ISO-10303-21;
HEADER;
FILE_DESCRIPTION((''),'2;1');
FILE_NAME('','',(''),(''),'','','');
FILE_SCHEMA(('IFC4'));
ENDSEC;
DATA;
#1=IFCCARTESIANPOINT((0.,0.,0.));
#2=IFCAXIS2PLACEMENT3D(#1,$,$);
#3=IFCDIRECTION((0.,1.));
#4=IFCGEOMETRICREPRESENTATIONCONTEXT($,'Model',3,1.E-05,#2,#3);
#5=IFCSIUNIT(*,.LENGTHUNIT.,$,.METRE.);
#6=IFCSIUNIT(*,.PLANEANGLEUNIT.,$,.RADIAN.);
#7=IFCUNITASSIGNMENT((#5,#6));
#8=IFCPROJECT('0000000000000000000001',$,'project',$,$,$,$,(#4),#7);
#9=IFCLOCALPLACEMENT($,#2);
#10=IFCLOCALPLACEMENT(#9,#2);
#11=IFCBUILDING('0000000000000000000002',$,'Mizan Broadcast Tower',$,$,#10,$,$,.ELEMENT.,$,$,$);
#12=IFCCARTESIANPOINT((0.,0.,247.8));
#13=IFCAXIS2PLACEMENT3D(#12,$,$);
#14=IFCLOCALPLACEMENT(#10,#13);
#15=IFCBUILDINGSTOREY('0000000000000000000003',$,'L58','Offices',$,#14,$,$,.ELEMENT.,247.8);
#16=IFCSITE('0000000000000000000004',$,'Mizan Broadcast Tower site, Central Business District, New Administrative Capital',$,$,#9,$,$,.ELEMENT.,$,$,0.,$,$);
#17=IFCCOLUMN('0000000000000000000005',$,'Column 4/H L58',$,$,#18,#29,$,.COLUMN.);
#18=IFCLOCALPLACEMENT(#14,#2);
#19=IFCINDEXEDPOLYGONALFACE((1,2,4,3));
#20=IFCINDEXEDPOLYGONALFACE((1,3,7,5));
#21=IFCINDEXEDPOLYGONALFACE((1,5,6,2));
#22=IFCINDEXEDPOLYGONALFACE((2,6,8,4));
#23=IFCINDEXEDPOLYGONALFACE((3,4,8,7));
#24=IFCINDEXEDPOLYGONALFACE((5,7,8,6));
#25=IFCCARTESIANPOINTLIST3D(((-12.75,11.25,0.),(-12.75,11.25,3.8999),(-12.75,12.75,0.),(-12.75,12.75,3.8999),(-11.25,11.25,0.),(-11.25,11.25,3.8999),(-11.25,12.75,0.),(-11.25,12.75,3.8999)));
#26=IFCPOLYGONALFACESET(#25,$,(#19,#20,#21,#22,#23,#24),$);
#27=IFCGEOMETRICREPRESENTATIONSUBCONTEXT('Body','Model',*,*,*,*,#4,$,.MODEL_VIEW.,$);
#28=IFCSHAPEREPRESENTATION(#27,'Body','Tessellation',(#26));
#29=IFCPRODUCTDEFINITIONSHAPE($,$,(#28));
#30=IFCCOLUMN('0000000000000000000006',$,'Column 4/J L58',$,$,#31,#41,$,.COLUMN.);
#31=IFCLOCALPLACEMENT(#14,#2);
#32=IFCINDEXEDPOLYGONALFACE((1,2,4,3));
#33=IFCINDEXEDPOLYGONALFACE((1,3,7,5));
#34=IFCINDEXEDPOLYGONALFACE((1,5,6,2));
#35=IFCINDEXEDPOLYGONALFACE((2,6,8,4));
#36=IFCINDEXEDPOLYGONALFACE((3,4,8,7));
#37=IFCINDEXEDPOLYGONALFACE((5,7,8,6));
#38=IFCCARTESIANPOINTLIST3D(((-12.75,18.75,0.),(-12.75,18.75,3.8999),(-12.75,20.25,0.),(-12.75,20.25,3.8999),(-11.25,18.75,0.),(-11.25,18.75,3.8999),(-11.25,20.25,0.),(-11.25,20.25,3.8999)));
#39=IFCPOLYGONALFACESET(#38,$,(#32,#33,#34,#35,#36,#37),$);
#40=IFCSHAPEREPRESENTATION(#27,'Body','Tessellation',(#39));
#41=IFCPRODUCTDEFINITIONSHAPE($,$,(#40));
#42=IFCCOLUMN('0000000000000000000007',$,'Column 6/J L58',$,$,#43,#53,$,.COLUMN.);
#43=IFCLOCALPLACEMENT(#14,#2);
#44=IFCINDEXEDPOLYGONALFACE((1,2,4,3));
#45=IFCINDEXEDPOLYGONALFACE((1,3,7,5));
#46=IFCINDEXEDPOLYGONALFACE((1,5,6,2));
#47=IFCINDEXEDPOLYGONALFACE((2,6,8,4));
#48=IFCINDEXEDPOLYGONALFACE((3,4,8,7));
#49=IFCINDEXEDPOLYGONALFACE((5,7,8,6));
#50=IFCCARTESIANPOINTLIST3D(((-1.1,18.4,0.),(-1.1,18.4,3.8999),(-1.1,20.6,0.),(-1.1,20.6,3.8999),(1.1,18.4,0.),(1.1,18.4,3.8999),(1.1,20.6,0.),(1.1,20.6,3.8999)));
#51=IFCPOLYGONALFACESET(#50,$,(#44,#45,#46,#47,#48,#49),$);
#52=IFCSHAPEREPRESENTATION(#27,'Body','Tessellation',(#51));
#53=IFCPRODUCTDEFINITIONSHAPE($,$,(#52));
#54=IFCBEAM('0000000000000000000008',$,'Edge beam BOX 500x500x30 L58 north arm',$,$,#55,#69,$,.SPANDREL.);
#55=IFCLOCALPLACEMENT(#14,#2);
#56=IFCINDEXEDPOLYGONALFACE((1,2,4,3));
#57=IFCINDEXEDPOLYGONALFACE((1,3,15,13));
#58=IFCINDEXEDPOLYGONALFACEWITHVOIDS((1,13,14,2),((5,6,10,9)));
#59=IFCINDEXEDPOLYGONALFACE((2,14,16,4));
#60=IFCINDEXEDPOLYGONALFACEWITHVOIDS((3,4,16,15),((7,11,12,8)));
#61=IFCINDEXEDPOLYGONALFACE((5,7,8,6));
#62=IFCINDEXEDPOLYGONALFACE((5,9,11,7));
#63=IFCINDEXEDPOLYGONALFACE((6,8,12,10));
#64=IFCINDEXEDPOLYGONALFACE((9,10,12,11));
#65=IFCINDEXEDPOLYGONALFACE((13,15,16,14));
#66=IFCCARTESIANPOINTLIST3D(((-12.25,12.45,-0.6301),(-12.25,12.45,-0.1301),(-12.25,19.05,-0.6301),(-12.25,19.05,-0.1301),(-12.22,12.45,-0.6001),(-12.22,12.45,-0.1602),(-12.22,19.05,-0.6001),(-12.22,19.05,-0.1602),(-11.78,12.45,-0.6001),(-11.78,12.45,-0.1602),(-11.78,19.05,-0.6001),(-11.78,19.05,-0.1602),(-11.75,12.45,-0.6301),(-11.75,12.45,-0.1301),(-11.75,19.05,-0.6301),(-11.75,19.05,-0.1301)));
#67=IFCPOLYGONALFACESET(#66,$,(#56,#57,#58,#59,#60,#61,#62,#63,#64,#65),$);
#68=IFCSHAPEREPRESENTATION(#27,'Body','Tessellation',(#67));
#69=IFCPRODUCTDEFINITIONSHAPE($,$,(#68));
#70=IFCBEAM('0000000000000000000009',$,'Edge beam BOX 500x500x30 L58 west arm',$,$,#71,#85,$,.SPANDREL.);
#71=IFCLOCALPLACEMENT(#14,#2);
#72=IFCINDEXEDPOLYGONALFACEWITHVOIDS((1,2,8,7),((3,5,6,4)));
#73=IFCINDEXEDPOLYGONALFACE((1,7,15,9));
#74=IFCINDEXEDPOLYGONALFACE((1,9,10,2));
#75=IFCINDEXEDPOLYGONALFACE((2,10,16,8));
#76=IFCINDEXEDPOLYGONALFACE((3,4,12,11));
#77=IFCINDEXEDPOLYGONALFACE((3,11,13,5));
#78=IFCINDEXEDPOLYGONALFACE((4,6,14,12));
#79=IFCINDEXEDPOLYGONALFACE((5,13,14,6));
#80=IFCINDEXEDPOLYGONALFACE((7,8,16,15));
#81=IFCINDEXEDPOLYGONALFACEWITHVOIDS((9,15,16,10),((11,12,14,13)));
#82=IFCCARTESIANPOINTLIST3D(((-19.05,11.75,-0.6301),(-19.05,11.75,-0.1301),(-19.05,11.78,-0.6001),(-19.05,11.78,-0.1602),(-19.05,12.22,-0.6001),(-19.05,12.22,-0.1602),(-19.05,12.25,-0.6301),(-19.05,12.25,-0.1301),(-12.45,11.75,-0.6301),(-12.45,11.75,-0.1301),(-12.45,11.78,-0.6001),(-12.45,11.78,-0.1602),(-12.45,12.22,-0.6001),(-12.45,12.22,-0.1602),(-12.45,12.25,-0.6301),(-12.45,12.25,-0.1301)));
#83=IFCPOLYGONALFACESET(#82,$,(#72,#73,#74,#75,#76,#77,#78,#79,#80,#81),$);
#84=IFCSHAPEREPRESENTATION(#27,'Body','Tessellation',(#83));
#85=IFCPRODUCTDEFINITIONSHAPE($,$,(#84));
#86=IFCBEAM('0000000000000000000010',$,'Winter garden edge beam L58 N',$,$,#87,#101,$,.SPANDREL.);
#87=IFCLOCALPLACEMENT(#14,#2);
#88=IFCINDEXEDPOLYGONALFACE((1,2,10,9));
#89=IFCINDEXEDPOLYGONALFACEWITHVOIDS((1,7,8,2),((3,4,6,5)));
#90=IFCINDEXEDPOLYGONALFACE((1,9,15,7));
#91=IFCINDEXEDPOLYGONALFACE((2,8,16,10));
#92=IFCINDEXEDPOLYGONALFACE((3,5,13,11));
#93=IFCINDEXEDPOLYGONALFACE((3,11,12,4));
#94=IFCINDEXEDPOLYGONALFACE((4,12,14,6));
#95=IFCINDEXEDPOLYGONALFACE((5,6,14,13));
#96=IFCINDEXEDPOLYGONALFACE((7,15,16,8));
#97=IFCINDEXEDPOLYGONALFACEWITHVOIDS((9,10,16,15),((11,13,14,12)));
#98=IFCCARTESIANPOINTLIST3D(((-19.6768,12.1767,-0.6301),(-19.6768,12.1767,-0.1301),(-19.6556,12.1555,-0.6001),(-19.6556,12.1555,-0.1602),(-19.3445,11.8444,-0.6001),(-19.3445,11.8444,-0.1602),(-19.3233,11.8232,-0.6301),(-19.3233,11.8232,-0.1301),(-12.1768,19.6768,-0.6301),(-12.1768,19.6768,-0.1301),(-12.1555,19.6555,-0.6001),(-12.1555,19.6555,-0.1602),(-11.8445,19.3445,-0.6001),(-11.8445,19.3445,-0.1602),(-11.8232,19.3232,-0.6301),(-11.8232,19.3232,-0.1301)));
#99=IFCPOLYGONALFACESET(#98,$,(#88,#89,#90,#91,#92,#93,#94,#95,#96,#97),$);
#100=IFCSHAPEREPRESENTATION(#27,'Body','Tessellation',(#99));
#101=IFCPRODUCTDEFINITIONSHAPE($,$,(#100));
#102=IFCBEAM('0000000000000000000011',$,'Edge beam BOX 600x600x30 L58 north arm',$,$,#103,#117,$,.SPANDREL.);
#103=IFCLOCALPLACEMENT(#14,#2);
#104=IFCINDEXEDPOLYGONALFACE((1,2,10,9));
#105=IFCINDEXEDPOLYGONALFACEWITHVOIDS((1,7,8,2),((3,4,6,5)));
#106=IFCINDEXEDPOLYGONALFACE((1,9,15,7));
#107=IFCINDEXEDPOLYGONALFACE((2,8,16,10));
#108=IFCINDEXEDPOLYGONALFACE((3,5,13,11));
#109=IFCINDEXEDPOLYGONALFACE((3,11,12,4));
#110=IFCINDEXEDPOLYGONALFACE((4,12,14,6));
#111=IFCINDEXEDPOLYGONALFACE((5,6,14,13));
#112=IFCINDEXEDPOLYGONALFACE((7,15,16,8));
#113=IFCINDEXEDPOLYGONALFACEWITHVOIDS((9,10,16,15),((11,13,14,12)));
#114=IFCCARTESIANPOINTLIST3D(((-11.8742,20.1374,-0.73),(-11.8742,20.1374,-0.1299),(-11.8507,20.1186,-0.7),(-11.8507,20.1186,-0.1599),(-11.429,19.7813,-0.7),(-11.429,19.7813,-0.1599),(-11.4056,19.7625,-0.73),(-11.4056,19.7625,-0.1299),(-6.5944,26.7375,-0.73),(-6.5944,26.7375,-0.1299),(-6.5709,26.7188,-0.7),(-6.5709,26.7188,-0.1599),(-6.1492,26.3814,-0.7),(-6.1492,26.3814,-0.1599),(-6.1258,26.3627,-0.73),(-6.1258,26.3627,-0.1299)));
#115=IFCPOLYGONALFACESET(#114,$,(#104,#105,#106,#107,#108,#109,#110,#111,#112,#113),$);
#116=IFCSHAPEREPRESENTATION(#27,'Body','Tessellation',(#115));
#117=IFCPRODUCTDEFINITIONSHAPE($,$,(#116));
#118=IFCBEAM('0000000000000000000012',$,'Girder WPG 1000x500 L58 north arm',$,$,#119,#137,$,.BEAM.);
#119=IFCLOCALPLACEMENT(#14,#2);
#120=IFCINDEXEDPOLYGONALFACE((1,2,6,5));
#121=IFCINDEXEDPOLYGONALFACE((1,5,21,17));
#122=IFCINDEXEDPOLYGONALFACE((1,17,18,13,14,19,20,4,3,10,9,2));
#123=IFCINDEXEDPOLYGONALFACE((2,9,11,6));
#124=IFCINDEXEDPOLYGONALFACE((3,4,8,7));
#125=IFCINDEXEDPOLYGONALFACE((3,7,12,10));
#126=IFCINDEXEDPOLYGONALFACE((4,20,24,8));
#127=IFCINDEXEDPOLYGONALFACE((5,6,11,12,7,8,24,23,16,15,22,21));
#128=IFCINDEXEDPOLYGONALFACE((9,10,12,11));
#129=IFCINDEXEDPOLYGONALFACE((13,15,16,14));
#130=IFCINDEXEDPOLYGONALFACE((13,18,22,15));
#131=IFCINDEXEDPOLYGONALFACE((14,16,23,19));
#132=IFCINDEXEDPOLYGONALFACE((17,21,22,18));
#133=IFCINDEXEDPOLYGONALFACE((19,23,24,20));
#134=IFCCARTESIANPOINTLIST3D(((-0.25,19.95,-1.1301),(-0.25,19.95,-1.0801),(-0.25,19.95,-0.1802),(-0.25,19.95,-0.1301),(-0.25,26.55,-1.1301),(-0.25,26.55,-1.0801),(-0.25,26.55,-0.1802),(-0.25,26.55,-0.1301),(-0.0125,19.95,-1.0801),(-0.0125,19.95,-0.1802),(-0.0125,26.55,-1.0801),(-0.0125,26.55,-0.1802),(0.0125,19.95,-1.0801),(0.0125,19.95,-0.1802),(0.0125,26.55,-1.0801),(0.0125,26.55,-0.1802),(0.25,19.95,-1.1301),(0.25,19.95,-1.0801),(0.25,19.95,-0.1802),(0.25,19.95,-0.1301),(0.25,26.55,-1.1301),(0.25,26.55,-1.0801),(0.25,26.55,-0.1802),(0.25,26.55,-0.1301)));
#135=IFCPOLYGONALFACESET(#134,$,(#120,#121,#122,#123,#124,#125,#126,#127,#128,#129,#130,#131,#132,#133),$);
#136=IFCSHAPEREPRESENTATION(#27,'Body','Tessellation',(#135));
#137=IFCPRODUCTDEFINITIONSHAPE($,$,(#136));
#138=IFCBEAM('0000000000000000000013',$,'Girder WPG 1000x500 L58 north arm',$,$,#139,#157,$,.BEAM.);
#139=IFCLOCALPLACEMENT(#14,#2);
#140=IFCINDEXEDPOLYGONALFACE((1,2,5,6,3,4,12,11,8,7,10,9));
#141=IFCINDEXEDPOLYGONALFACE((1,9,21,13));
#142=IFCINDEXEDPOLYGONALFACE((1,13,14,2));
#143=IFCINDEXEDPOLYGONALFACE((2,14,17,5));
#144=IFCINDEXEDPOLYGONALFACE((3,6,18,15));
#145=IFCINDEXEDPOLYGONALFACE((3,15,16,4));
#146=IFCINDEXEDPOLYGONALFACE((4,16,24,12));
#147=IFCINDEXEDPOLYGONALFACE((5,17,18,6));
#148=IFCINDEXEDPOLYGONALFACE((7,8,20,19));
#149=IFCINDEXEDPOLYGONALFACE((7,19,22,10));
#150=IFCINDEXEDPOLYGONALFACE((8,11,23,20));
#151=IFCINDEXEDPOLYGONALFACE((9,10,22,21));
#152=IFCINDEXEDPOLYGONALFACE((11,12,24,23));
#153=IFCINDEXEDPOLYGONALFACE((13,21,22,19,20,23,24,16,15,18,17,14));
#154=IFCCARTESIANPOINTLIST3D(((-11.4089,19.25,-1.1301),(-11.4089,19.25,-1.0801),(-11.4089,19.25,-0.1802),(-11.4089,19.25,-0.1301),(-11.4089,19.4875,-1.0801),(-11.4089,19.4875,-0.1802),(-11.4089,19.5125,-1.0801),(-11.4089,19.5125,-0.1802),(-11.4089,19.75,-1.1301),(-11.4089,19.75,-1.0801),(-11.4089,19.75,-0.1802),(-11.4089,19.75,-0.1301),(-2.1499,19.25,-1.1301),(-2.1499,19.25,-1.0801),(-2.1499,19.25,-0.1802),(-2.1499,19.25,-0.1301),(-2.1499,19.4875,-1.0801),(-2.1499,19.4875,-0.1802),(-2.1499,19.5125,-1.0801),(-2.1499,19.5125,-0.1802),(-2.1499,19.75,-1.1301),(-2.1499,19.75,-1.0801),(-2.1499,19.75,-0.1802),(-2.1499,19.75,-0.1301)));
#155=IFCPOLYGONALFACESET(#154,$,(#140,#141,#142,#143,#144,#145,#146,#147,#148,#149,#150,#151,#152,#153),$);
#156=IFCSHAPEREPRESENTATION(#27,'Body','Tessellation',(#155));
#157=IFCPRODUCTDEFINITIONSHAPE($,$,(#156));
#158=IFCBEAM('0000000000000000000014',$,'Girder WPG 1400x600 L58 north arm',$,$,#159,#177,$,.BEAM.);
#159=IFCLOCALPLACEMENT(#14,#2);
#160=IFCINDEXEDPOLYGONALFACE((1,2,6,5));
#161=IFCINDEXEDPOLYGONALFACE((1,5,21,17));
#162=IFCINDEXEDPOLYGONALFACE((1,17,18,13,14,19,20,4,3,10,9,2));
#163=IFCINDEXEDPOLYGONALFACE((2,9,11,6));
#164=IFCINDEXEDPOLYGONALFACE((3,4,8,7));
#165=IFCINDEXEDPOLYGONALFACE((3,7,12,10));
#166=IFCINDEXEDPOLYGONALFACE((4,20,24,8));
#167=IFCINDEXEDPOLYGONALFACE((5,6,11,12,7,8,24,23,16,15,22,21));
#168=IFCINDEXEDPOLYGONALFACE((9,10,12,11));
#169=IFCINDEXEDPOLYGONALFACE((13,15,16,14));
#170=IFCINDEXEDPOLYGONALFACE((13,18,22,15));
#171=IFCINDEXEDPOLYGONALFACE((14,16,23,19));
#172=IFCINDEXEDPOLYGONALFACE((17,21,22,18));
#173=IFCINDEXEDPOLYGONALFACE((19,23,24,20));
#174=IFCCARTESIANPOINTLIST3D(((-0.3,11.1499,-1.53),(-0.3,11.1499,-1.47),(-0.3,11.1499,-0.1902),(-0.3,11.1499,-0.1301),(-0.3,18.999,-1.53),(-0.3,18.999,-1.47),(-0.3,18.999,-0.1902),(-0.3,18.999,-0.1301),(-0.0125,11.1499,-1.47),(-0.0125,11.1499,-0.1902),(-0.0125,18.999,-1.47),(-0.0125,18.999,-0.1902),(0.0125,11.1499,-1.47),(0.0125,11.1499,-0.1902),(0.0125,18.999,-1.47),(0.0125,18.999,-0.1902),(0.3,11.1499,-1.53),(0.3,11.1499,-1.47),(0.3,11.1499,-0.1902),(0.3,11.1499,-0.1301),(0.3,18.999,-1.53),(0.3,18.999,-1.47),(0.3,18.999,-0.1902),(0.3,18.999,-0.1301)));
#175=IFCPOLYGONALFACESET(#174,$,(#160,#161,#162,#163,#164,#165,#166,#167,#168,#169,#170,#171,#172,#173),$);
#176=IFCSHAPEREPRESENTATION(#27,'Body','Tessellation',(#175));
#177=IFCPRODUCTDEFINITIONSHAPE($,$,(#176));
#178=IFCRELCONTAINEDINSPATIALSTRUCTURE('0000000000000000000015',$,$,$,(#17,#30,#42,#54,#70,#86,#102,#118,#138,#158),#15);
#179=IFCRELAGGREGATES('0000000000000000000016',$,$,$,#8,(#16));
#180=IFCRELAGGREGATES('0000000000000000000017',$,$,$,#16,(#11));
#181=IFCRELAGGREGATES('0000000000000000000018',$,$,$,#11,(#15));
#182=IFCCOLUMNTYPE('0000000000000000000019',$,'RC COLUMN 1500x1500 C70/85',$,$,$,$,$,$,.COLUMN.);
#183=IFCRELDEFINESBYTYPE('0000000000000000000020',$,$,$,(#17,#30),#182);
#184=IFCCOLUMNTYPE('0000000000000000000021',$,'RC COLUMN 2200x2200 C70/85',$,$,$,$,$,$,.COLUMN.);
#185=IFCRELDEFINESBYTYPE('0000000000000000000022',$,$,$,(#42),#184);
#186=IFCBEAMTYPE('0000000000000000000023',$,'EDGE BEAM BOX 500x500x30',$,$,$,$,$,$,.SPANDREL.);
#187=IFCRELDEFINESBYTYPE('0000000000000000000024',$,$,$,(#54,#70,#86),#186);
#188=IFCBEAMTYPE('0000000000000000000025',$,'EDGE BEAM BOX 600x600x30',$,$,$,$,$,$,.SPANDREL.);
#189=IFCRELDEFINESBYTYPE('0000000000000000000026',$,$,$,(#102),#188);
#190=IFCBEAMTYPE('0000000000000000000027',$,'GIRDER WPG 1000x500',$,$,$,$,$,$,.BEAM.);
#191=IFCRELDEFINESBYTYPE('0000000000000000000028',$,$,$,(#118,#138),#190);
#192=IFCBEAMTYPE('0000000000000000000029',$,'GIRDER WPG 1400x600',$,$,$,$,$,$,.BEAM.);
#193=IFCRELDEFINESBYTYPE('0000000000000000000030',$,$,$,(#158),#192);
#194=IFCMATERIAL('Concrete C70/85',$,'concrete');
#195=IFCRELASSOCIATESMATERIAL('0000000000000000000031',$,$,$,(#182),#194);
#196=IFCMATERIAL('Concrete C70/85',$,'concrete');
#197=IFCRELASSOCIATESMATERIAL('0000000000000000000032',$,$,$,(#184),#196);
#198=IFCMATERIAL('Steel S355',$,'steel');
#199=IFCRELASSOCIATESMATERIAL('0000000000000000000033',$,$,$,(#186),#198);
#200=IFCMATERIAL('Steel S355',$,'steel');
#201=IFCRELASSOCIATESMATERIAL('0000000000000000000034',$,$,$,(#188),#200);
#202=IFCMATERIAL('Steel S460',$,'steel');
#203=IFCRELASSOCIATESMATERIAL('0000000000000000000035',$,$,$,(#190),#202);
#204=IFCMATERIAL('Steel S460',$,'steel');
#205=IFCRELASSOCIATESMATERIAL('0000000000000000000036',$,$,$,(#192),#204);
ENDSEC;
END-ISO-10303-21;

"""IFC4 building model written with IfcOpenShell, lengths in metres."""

from ifc_helpers import new_model, si_unit, direction, frame, origin, origin_2d, place, context, subcontext, project, spatial, rectangle, hollow_rectangle, i_section, extrude, material, material_profile, profile_set, type_object, element, save


model = new_model("IFC4")

# Units and contexts
model_context = context("Model", 3, precision=1e-05, world=origin(), true_north=direction((0.0, 1.0)))
body_context = subcontext(model_context, "Body", "Model", "MODEL_VIEW")
ifc_project = project(units=[si_unit("LENGTHUNIT", "METRE"), si_unit("PLANEANGLEUNIT", "RADIAN")], contexts=[model_context])

# Site, building, storey
site_placement = place(None, origin())
site = spatial("IfcSite", under=ifc_project, at=site_placement, Name="Mizan Broadcast Tower site, Central Business District, New Administrative Capital", CompositionType="ELEMENT", RefElevation=0.0)
building_placement = place(site_placement, origin())
building = spatial("IfcBuilding", under=site, at=building_placement, Name="Mizan Broadcast Tower", CompositionType="ELEMENT")
storey_placement = place(building_placement, frame((0.0, 0.0, 247.8)))
storey = spatial("IfcBuildingStorey", under=building, at=storey_placement, Name="L58", Description="Offices", CompositionType="ELEMENT", Elevation=247.8)

# Columns
ifc_material_1 = material(Name="Concrete C70/85", Category="concrete")
ifc_material_profile_1 = material_profile(ifc_material_1, rectangle(XDim=1.5, YDim=1.5, at=origin_2d()), Name="RC 1500x1500")
ifc_profile_set_1 = profile_set([ifc_material_profile_1], Name="Concrete C70/85")
column_type_1 = type_object("IfcColumnType", Name="RC COLUMN 1500x1500 C70/85", PredefinedType="COLUMN", material=ifc_profile_set_1)
for number, where, z_axis, x_axis, name in (
    (1, (-12.0, 12.0, 0.0), (0.0, 0.0, 1.0), (1.0, 0.0, 0.0), "Column 4/H L58"),
    (2, (-12.0, 19.5, 0.0), (0.0, 0.0, 1.0), (1.0, 0.0, 0.0), "Column 4/J L58"),
):
    element("IfcColumn", number, at=place(storey_placement, frame(where, z_axis=z_axis, x_axis=x_axis)), inside=storey, type_object=column_type_1, Name=name, PredefinedType="COLUMN", context=body_context, shape_type="SweptSolid", body=[
        extrude(rectangle(XDim=1.5, YDim=1.5, at=origin_2d()), origin(), (0.0, 0.0, 1.0), 3.8999),
    ])
ifc_material_2 = material(Name="Concrete C70/85", Category="concrete")
ifc_material_profile_2 = material_profile(ifc_material_2, rectangle(XDim=2.2, YDim=2.2, at=origin_2d()), Name="RC 2200x2200")
ifc_profile_set_2 = profile_set([ifc_material_profile_2], Name="Concrete C70/85")
column_type_2 = type_object("IfcColumnType", Name="RC COLUMN 2200x2200 C70/85", PredefinedType="COLUMN", material=ifc_profile_set_2)
column_placement = place(storey_placement, frame((0.0, 19.5, 0.0), z_axis=(0.0, 0.0, 1.0), x_axis=(1.0, 0.0, 0.0)))
element("IfcColumn", 3, at=column_placement, inside=storey, type_object=column_type_2, Name="Column 6/J L58", PredefinedType="COLUMN", context=body_context, shape_type="SweptSolid", body=[
    extrude(rectangle(XDim=2.2, YDim=2.2, at=origin_2d()), origin(), (0.0, 0.0, 1.0), 3.8999),
])

# Beams
ifc_material_3 = material(Name="Steel S355", Category="steel")
ifc_material_profile_3 = material_profile(ifc_material_3, hollow_rectangle(XDim=0.5, YDim=0.5, WallThickness=0.03, at=origin_2d()), Name="BOX 500x500x30")
ifc_profile_set_3 = profile_set([ifc_material_profile_3], Name="Steel S355")
beam_type_1 = type_object("IfcBeamType", Name="EDGE BEAM BOX 500x500x30", PredefinedType="SPANDREL", material=ifc_profile_set_3)
for number, where, z_axis, x_axis, name in (
    (4, (-12.0, 12.45, -0.3801), (0.0, 1.0, 0.0), (-1.0, 0.0, 0.0), "Edge beam BOX 500x500x30 L58 north arm"),
    (5, (-12.45, 12.0, -0.3801), (-1.0, 0.0, 0.0), (0.0, -1.0, 0.0), "Edge beam BOX 500x500x30 L58 west arm"),
):
    element("IfcBeam", number, at=place(storey_placement, frame(where, z_axis=z_axis, x_axis=x_axis)), inside=storey, type_object=beam_type_1, Name=name, PredefinedType="SPANDREL", context=body_context, shape_type="SweptSolid", body=[
        extrude(hollow_rectangle(XDim=0.5, YDim=0.5, WallThickness=0.03, at=origin_2d()), origin(), (0.0, 0.0, 1.0), 6.6001),
    ])
beam_1_placement = place(storey_placement, frame((-12.0, 19.5, -0.3801), z_axis=(-0.707107, -0.707107, 0.0), x_axis=(0.707107, -0.707107, 0.0)))
element("IfcBeam", 6, at=beam_1_placement, inside=storey, type_object=beam_type_1, Name="Winter garden edge beam L58 N", PredefinedType="SPANDREL", context=body_context, shape_type="SweptSolid", body=[
    extrude(hollow_rectangle(XDim=0.5, YDim=0.5, WallThickness=0.03, at=origin_2d()), origin(), (0.0, 0.0, 1.0), 10.6067),
])
ifc_material_4 = material(Name="Steel S355", Category="steel")
ifc_material_profile_4 = material_profile(ifc_material_4, hollow_rectangle(XDim=0.6001, YDim=0.6001, WallThickness=0.03, at=origin_2d()), Name="BOX 600x600x30")
ifc_profile_set_4 = profile_set([ifc_material_profile_4], Name="Steel S355")
beam_type_2 = type_object("IfcBeamType", Name="EDGE BEAM BOX 600x600x30", PredefinedType="SPANDREL", material=ifc_profile_set_4)
beam_2_placement = place(storey_placement, frame((-11.6399, 19.95, -0.4299), z_axis=(0.624674, 0.780886, 0.0), x_axis=(-0.780886, 0.624674, 0.0)))
element("IfcBeam", 7, at=beam_2_placement, inside=storey, type_object=beam_type_2, Name="Edge beam BOX 600x600x30 L58 north arm", PredefinedType="SPANDREL", context=body_context, shape_type="SweptSolid", body=[
    extrude(hollow_rectangle(XDim=0.6001, YDim=0.6001, WallThickness=0.03, at=origin_2d()), origin(), (0.0, 0.0, 1.0), 8.4521),
])
ifc_material_5 = material(Name="Steel S460", Category="steel")
ifc_material_profile_5 = material_profile(ifc_material_5, i_section(OverallWidth=0.5, OverallDepth=1.0, WebThickness=0.0249, FlangeThickness=0.05, at=origin_2d()), Name="WPG 1000x500")
ifc_profile_set_5 = profile_set([ifc_material_profile_5], Name="Steel S460")
beam_type_3 = type_object("IfcBeamType", Name="GIRDER WPG 1000x500", PredefinedType="BEAM", material=ifc_profile_set_5)
beam_3_placement = place(storey_placement, frame((0.0, 19.95, -0.6301), z_axis=(0.0, 1.0, 0.0), x_axis=(-1.0, 0.0, 0.0)))
element("IfcBeam", 8, at=beam_3_placement, inside=storey, type_object=beam_type_3, Name="Girder WPG 1000x500 L58 north arm", PredefinedType="BEAM", context=body_context, shape_type="SweptSolid", body=[
    extrude(i_section(OverallWidth=0.5, OverallDepth=1.0, WebThickness=0.0249, FlangeThickness=0.05, at=origin_2d()), origin(), (0.0, 0.0, 1.0), 6.6001),
])
beam_4_placement = place(storey_placement, frame((-11.4089, 19.5, -0.6301), z_axis=(1.0, 0.0, 0.0), x_axis=(0.0, 1.0, 0.0)))
element("IfcBeam", 9, at=beam_4_placement, inside=storey, type_object=beam_type_3, Name="Girder WPG 1000x500 L58 north arm", PredefinedType="BEAM", context=body_context, shape_type="SweptSolid", body=[
    extrude(i_section(OverallWidth=0.5, OverallDepth=1.0, WebThickness=0.0249, FlangeThickness=0.05, at=origin_2d()), origin(), (0.0, 0.0, 1.0), 9.259),
])
ifc_material_6 = material(Name="Steel S460", Category="steel")
ifc_material_profile_6 = material_profile(ifc_material_6, i_section(OverallWidth=0.6001, OverallDepth=1.3999, WebThickness=0.0249, FlangeThickness=0.0601, at=origin_2d()), Name="WPG 1400x600")
ifc_profile_set_6 = profile_set([ifc_material_profile_6], Name="Steel S460")
beam_type_4 = type_object("IfcBeamType", Name="GIRDER WPG 1400x600", PredefinedType="BEAM", material=ifc_profile_set_6)
for number, where, z_axis, x_axis, name in (
    (10, (0.0, 11.1499, -0.8301), (0.0, 1.0, 0.0), (-1.0, 0.0, 0.0), "Girder WPG 1400x600 L58 north arm"),
):
    element("IfcBeam", number, at=place(storey_placement, frame(where, z_axis=z_axis, x_axis=x_axis)), inside=storey, type_object=beam_type_4, Name=name, PredefinedType="BEAM", context=body_context, shape_type="SweptSolid", body=[
        extrude(i_section(OverallWidth=0.6001, OverallDepth=1.3999, WebThickness=0.0249, FlangeThickness=0.0601, at=origin_2d()), origin(), (0.0, 0.0, 1.0), 7.8491),
    ])

save(model, "model.ifc")
